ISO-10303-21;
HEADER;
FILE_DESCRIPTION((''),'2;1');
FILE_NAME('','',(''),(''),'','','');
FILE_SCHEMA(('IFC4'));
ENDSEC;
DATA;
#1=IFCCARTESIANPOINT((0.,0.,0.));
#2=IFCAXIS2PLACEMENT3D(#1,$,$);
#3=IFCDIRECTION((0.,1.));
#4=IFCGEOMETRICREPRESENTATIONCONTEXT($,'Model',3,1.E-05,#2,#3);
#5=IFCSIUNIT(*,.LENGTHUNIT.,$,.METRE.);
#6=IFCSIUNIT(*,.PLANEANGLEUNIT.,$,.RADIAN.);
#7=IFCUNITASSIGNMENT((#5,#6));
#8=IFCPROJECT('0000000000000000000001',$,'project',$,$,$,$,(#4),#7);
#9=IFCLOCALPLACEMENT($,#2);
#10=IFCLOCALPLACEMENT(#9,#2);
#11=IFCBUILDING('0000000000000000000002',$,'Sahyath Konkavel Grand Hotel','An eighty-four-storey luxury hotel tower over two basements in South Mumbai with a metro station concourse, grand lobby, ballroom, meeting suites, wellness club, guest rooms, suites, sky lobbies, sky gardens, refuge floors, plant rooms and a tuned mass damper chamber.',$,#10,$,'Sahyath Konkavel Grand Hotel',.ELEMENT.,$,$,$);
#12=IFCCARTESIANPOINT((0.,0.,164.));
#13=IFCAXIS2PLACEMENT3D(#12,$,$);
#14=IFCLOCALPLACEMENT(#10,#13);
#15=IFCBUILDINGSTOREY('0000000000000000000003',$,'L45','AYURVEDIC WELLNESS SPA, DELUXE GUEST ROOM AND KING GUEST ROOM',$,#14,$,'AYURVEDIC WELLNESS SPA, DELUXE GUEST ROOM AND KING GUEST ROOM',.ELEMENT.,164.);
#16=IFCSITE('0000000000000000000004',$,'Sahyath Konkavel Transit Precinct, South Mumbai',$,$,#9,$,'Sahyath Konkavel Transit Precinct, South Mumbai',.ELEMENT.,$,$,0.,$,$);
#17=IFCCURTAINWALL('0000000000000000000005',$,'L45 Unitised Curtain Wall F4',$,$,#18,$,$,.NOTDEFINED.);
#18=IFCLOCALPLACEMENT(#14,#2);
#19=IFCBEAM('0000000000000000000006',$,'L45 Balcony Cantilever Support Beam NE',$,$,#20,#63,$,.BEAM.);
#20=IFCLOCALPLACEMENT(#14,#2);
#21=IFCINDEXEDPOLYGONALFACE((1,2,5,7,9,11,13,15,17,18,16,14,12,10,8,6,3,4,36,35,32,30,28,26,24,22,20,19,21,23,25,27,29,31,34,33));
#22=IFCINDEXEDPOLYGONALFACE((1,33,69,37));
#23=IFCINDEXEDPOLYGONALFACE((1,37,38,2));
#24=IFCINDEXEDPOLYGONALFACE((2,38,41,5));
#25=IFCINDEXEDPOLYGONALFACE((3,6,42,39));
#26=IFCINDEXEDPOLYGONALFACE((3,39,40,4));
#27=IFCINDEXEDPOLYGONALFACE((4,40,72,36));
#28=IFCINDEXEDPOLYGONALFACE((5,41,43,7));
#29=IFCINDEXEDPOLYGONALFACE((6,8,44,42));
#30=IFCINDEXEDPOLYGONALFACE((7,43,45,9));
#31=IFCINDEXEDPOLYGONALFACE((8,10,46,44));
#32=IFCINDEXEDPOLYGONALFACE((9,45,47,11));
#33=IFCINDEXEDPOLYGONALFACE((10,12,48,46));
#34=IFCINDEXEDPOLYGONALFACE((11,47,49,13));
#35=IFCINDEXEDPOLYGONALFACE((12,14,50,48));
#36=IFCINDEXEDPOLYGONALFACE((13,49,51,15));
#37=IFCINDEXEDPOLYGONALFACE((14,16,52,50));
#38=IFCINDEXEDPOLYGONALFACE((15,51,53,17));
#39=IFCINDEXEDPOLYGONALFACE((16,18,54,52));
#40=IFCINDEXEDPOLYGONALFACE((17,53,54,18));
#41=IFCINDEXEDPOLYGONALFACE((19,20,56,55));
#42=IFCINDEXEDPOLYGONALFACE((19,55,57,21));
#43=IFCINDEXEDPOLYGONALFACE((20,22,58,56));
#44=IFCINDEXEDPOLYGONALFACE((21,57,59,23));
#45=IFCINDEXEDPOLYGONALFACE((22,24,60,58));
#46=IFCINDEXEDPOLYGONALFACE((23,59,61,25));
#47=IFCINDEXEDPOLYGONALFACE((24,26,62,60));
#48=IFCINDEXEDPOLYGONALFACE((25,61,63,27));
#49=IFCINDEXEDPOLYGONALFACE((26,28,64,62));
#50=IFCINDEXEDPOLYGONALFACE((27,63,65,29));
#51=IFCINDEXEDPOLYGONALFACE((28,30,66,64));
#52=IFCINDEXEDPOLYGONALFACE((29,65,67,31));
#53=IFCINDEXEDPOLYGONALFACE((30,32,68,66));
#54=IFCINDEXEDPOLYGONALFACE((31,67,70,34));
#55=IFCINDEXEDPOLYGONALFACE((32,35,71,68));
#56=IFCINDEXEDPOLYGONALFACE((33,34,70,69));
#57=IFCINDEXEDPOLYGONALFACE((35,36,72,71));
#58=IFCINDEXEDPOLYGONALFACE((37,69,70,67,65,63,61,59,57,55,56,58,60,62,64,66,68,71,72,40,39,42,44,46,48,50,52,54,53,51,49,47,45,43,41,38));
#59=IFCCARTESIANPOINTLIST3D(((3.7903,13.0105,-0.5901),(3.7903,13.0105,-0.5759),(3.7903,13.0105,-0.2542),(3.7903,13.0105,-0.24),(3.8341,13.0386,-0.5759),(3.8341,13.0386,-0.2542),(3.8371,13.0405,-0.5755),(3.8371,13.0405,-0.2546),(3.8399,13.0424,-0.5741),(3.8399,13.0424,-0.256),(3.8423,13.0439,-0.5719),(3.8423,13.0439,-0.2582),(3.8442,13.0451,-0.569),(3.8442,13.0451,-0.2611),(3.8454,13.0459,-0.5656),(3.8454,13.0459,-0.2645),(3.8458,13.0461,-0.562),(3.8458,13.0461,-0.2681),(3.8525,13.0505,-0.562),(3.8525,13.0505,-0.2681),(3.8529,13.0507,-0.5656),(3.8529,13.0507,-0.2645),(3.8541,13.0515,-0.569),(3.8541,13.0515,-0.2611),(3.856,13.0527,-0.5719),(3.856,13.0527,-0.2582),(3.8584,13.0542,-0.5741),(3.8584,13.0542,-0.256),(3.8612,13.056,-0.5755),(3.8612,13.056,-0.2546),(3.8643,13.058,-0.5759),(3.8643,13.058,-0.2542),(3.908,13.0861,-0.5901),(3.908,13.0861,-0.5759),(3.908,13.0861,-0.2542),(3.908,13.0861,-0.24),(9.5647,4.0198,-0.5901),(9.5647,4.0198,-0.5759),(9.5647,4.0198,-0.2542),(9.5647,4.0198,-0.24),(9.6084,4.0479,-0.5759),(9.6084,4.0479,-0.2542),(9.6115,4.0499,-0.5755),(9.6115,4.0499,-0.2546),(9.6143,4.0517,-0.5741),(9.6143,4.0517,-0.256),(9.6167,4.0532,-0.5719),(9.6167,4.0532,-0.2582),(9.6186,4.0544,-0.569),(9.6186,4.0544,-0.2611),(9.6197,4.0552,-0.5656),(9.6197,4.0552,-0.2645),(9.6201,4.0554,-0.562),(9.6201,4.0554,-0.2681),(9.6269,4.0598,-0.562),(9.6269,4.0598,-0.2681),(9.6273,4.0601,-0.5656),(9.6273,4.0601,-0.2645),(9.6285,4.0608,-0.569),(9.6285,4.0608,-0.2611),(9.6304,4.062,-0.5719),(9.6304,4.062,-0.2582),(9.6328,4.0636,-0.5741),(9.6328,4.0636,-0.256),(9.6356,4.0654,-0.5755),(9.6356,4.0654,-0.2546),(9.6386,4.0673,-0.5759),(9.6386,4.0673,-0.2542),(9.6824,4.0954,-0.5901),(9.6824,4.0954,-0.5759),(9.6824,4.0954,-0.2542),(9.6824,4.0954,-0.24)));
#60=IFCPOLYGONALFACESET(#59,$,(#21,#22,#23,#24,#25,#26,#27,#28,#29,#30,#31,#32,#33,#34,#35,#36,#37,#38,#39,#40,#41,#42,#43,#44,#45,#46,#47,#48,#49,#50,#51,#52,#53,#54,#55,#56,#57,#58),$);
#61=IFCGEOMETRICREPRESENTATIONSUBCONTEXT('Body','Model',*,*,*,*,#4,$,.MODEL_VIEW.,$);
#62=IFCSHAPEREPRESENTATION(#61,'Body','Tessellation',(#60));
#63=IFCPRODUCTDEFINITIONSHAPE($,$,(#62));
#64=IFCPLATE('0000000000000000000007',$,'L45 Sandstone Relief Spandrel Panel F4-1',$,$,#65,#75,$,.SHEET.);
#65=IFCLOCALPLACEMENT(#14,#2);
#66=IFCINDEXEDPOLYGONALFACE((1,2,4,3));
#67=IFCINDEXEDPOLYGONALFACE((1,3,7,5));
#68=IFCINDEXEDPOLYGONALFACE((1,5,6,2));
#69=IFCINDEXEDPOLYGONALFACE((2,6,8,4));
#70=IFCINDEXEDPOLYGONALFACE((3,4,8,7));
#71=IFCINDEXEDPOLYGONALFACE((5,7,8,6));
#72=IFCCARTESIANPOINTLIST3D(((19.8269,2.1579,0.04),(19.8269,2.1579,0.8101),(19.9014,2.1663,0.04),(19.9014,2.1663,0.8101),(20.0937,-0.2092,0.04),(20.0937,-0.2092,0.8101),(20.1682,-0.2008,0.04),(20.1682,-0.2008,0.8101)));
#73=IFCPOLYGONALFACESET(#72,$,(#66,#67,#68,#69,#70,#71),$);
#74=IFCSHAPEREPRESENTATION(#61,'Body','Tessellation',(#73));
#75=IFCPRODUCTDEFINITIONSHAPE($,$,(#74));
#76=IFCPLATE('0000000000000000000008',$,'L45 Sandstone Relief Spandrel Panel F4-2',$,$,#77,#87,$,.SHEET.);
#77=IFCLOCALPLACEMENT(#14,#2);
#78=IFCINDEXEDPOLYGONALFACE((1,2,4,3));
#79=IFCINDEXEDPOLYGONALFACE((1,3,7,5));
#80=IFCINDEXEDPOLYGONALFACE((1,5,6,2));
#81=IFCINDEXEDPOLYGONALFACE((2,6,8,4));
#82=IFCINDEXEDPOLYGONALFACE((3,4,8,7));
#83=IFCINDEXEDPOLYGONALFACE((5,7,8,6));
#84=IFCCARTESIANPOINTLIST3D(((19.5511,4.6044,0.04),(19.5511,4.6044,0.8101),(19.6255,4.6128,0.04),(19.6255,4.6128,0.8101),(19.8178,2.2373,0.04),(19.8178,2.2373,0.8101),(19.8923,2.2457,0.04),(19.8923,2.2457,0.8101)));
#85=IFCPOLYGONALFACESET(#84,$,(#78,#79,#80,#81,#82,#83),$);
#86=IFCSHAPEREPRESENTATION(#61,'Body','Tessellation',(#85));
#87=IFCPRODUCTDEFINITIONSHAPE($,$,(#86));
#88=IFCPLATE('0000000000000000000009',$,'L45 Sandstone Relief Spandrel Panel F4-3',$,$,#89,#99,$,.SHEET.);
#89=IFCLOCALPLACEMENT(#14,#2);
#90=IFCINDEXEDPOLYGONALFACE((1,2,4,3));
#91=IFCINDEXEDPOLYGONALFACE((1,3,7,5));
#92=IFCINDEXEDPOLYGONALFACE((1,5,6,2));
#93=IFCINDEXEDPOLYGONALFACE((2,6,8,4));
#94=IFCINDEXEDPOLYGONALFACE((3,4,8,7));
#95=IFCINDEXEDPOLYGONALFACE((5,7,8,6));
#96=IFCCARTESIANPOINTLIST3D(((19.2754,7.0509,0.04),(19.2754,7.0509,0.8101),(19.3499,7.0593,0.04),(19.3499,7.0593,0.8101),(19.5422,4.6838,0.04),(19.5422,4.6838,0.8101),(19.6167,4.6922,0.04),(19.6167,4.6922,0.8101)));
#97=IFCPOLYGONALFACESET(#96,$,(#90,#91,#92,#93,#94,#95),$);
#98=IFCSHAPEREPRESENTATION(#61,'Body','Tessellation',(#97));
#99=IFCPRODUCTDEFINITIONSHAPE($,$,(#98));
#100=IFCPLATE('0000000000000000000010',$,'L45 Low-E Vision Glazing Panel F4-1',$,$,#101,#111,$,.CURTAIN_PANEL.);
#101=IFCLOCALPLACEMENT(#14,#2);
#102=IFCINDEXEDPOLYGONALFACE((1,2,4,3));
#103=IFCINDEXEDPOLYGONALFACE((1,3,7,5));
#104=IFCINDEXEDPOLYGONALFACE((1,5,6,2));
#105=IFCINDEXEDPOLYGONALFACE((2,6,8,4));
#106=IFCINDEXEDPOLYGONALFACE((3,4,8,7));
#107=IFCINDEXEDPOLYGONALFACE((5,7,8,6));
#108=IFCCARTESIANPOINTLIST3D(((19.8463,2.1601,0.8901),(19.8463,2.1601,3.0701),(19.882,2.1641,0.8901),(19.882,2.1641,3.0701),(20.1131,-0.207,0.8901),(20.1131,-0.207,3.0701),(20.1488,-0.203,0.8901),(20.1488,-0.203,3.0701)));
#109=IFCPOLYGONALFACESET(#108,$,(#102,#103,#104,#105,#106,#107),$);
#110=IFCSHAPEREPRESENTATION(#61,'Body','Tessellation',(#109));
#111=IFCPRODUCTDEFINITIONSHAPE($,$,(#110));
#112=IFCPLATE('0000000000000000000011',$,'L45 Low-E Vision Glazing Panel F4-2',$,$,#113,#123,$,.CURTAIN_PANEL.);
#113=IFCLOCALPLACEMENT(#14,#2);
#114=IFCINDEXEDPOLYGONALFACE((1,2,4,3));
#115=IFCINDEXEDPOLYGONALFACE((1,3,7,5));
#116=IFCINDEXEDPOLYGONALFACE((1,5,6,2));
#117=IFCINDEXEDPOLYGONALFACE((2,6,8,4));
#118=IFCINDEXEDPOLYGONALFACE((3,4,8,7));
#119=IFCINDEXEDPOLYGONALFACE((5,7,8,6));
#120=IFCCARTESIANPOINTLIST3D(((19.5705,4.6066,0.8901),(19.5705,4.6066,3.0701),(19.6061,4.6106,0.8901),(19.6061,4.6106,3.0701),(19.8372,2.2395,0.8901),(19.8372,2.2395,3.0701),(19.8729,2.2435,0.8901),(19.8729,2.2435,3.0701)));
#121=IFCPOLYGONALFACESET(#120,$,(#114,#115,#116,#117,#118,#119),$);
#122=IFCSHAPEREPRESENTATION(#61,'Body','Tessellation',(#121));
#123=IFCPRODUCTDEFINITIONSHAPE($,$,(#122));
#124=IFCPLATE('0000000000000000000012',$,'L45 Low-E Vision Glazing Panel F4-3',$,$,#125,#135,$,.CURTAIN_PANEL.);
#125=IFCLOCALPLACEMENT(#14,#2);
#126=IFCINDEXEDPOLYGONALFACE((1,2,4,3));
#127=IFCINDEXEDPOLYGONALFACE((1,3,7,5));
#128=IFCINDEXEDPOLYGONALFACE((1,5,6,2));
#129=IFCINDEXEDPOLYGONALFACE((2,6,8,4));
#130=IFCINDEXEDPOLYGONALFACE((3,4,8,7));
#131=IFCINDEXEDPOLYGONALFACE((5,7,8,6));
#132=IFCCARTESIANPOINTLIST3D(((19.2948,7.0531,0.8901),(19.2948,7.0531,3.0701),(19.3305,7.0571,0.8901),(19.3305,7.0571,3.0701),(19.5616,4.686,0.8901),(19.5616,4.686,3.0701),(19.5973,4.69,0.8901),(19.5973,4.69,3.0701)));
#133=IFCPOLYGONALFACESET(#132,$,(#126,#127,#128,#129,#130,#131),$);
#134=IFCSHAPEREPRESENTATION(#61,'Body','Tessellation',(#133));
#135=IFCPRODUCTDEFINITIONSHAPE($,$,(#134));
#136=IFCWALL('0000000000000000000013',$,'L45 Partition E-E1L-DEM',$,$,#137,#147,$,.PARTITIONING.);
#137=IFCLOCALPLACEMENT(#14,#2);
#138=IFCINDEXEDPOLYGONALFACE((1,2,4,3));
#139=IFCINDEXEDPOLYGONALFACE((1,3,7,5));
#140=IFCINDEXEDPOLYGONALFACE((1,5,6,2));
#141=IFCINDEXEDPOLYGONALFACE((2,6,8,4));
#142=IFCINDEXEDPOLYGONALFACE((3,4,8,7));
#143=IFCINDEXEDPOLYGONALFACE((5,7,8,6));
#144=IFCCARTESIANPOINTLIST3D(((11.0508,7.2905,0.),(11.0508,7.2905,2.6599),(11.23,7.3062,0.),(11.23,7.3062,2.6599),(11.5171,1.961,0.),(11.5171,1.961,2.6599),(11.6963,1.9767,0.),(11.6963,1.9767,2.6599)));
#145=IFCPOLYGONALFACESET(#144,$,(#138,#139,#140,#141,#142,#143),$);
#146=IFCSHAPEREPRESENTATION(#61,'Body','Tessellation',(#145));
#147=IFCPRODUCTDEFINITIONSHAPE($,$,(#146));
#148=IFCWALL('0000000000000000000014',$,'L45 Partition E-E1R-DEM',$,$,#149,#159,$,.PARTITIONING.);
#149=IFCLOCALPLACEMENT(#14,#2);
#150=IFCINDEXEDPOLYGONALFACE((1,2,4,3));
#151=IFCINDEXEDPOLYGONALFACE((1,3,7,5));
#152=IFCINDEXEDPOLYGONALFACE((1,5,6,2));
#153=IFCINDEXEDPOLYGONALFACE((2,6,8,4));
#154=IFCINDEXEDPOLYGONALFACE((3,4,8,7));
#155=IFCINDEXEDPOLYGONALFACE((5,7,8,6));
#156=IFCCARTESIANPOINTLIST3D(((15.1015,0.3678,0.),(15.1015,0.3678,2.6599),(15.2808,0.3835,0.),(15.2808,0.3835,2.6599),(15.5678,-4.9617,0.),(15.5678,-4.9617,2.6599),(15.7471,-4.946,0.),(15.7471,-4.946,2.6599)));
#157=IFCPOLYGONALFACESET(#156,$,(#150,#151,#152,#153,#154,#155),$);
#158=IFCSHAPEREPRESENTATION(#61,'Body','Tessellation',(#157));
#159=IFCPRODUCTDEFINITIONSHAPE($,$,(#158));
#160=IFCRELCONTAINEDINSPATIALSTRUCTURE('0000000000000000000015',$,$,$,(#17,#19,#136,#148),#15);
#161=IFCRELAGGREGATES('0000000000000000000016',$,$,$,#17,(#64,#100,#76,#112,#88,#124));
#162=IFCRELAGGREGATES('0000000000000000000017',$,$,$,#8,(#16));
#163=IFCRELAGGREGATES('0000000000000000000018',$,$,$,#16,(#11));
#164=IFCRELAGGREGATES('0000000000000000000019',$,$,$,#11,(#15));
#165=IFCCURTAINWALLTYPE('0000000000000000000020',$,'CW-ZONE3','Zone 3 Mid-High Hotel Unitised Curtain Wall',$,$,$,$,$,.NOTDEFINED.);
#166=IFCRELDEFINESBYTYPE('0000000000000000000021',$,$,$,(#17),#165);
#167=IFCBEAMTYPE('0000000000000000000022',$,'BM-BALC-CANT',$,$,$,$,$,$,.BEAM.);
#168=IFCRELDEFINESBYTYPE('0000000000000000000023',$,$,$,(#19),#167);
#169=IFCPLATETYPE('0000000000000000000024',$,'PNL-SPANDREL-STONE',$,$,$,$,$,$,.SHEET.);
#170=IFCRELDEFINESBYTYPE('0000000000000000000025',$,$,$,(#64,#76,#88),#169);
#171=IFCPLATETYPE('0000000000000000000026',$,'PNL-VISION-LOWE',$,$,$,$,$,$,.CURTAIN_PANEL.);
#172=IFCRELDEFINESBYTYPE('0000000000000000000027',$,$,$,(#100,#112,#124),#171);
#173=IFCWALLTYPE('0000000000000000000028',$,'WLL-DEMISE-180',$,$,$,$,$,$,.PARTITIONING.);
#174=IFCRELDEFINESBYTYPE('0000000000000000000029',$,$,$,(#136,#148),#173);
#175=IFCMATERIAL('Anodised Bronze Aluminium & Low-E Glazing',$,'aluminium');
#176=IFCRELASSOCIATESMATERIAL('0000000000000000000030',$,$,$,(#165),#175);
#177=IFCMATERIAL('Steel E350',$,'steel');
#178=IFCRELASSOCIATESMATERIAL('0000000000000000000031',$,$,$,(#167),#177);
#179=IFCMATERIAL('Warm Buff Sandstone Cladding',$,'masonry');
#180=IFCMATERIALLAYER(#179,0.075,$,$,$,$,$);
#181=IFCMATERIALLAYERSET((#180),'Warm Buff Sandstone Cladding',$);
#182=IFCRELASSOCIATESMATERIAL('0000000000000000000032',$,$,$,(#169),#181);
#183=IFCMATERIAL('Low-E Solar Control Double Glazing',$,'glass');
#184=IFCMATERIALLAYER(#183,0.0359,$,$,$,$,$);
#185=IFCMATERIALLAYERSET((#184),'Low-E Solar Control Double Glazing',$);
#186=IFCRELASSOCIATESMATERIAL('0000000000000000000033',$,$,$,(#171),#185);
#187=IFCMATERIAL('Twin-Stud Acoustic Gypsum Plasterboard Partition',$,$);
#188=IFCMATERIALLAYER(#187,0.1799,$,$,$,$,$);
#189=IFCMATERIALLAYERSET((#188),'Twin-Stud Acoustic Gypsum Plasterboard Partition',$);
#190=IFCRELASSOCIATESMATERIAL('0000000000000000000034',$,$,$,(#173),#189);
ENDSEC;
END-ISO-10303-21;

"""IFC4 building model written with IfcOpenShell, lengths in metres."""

from ifc_helpers import new_model, si_unit, direction, frame, frame_2d, origin, origin_2d, place, context, subcontext, project, spatial, rectangle, i_section, extrude, source, transform, mapped, material, layer, layer_set, material_profile, profile_set, type_object, element, aggregate, save


model = new_model("IFC4")

# Units and contexts
model_context = context("Model", 3, precision=1e-05, world=origin(), true_north=direction((0.0, 1.0)))
body_context = subcontext(model_context, "Body", "Model", "MODEL_VIEW")
ifc_project = project(units=[si_unit("LENGTHUNIT", "METRE"), si_unit("PLANEANGLEUNIT", "RADIAN")], contexts=[model_context])

# Site, building, storey
site_placement = place(None, origin())
site = spatial("IfcSite", under=ifc_project, at=site_placement, Name="Sahyath Konkavel Transit Precinct, South Mumbai", LongName="Sahyath Konkavel Transit Precinct, South Mumbai", CompositionType="ELEMENT", RefElevation=0.0)
building_placement = place(site_placement, origin())
building = spatial("IfcBuilding", under=site, at=building_placement, Name="Sahyath Konkavel Grand Hotel", Description="An eighty-four-storey luxury hotel tower over two basements in South Mumbai with a metro station concourse, grand lobby, ballroom, meeting suites, wellness club, guest rooms, suites, sky lobbies, sky gardens, refuge floors, plant rooms and a tuned mass damper chamber.", LongName="Sahyath Konkavel Grand Hotel", CompositionType="ELEMENT")
storey_placement = place(building_placement, frame((0.0, 0.0, 164.0)))
storey = spatial("IfcBuildingStorey", under=building, at=storey_placement, Name="L45", Description="AYURVEDIC WELLNESS SPA, DELUXE GUEST ROOM AND KING GUEST ROOM", LongName="AYURVEDIC WELLNESS SPA, DELUXE GUEST ROOM AND KING GUEST ROOM", CompositionType="ELEMENT", Elevation=164.0)

# Shared definitions
ifc_material_1 = material(Name="Steel E350", Category="steel")

# Curtain wall
ifc_material_2 = material(Name="Anodised Bronze Aluminium & Low-E Glazing", Category="aluminium")
curtain_wall_type = type_object("IfcCurtainWallType", Name="CW-ZONE3", Description="Zone 3 Mid-High Hotel Unitised Curtain Wall", PredefinedType="NOTDEFINED", material=ifc_material_2)
curtain_wall_placement = place(storey_placement, origin())
curtain_wall = element("IfcCurtainWall", 1, at=curtain_wall_placement, inside=storey, type_object=curtain_wall_type, Name="L45 Unitised Curtain Wall F4", PredefinedType="NOTDEFINED")

# Beam
ifc_material_profile_1 = material_profile(ifc_material_1, i_section(OverallWidth=0.1399, OverallDepth=0.3501, WebThickness=0.0081, FlangeThickness=0.0142, FilletRadius=0.0139, at=origin_2d()), Name="ISMB 350")
ifc_profile_set_1 = profile_set([ifc_material_profile_1], Name="Steel E350")
beam_type_1 = type_object("IfcBeamType", Name="BM-BALC-CANT", PredefinedType="BEAM", material=ifc_profile_set_1)
shared_shape_1 = source(origin(), body_context, "Body", "SweptSolid", [
    extrude(i_section(OverallWidth=0.1399, OverallDepth=0.3501, WebThickness=0.0081, FlangeThickness=0.0142, FilletRadius=0.0139, at=origin_2d()), origin(), (0.0, 0.0, 1.0), 10.6853),
])
beam_1_placement = place(storey_placement, frame((9.6235, 4.0576, -0.415), z_axis=(-0.540404, 0.841406, 0.0), x_axis=(-0.841406, -0.540404, 0.0)))
element("IfcBeam", 2, at=beam_1_placement, inside=storey, type_object=beam_type_1, Name="L45 Balcony Cantilever Support Beam NE", PredefinedType="BEAM", context=body_context, shape_type="MappedRepresentation", body=[
    mapped(shared_shape_1, transform((0.0, 0.0, 0.0), scale=1.0)),
])

# Plates
ifc_material_3 = material(Name="Warm Buff Sandstone Cladding", Category="masonry")
ifc_layer_1 = layer(ifc_material_3, 0.075)
ifc_layer_set_1 = layer_set([ifc_layer_1], Name="Warm Buff Sandstone Cladding")
plate_type_1 = type_object("IfcPlateType", Name="PNL-SPANDREL-STONE", PredefinedType="SHEET", material=ifc_layer_set_1)
shared_shape_2 = source(origin(), body_context, "Body", "SweptSolid", [
    extrude(rectangle(XDim=2.3821, YDim=0.075, at=origin_2d()), origin(), (0.0, 0.0, 1.0), 0.77),
])
plate_1_placement = place(storey_placement, frame((19.9976, 0.9785, 0.04), z_axis=(0.0, 0.0, 1.0), x_axis=(-0.111989, 0.993709, 0.0)))
plate_1 = element("IfcPlate", 3, at=plate_1_placement, type_object=plate_type_1, Name="L45 Sandstone Relief Spandrel Panel F4-1", PredefinedType="SHEET", context=body_context, shape_type="MappedRepresentation", body=[
    mapped(shared_shape_2, transform((0.0, 0.0, 0.0), scale=1.0)),
])
plate_2_placement = place(storey_placement, frame((19.7217, 3.425, 0.04), z_axis=(0.0, 0.0, 1.0), x_axis=(-0.111989, 0.993709, 0.0)))
plate_2 = element("IfcPlate", 4, at=plate_2_placement, type_object=plate_type_1, Name="L45 Sandstone Relief Spandrel Panel F4-2", PredefinedType="SHEET", context=body_context, shape_type="MappedRepresentation", body=[
    mapped(shared_shape_2, transform((0.0, 0.0, 0.0), scale=1.0)),
])
plate_3_placement = place(storey_placement, frame((19.446, 5.8716, 0.04), z_axis=(0.0, 0.0, 1.0), x_axis=(-0.111989, 0.993709, 0.0)))
plate_3 = element("IfcPlate", 5, at=plate_3_placement, type_object=plate_type_1, Name="L45 Sandstone Relief Spandrel Panel F4-3", PredefinedType="SHEET", context=body_context, shape_type="MappedRepresentation", body=[
    mapped(shared_shape_2, transform((0.0, 0.0, 0.0), scale=1.0)),
])
ifc_material_4 = material(Name="Low-E Solar Control Double Glazing", Category="glass")
ifc_layer_2 = layer(ifc_material_4, 0.0359)
ifc_layer_set_2 = layer_set([ifc_layer_2], Name="Low-E Solar Control Double Glazing")
plate_type_2 = type_object("IfcPlateType", Name="PNL-VISION-LOWE", PredefinedType="CURTAIN_PANEL", material=ifc_layer_set_2)
shared_shape_3 = source(origin(), body_context, "Body", "SweptSolid", [
    extrude(rectangle(XDim=2.3821, YDim=0.0359, at=origin_2d()), origin(), (0.0, 0.0, 1.0), 2.1799),
])
plate_4_placement = place(storey_placement, frame((19.9976, 0.9785, 0.8901), z_axis=(0.0, 0.0, 1.0), x_axis=(-0.111989, 0.993709, 0.0)))
plate_4 = element("IfcPlate", 6, at=plate_4_placement, type_object=plate_type_2, Name="L45 Low-E Vision Glazing Panel F4-1", PredefinedType="CURTAIN_PANEL", context=body_context, shape_type="MappedRepresentation", body=[
    mapped(shared_shape_3, transform((0.0, 0.0, 0.0), scale=1.0)),
])
plate_5_placement = place(storey_placement, frame((19.7217, 3.425, 0.8901), z_axis=(0.0, 0.0, 1.0), x_axis=(-0.111989, 0.993709, 0.0)))
plate_5 = element("IfcPlate", 7, at=plate_5_placement, type_object=plate_type_2, Name="L45 Low-E Vision Glazing Panel F4-2", PredefinedType="CURTAIN_PANEL", context=body_context, shape_type="MappedRepresentation", body=[
    mapped(shared_shape_3, transform((0.0, 0.0, 0.0), scale=1.0)),
])
plate_6_placement = place(storey_placement, frame((19.446, 5.8716, 0.8901), z_axis=(0.0, 0.0, 1.0), x_axis=(-0.111989, 0.993709, 0.0)))
plate_6 = element("IfcPlate", 8, at=plate_6_placement, type_object=plate_type_2, Name="L45 Low-E Vision Glazing Panel F4-3", PredefinedType="CURTAIN_PANEL", context=body_context, shape_type="MappedRepresentation", body=[
    mapped(shared_shape_3, transform((0.0, 0.0, 0.0), scale=1.0)),
])
aggregate(curtain_wall, [plate_1, plate_4, plate_2, plate_5, plate_3, plate_6])

# Walls
ifc_material_5 = material(Name="Twin-Stud Acoustic Gypsum Plasterboard Partition")
ifc_layer_3 = layer(ifc_material_5, 0.1799)
ifc_layer_set_3 = layer_set([ifc_layer_3], Name="Twin-Stud Acoustic Gypsum Plasterboard Partition")
wall_type_1 = type_object("IfcWallType", Name="WLL-DEMISE-180", PredefinedType="PARTITIONING", material=ifc_layer_set_3)
for number, where, z_axis, x_axis, name in (
    (9, (11.6067, 1.969, 0.0), (0.0, 0.0, 1.0), (-0.087161, 0.996194, 0.0), "L45 Partition E-E1L-DEM"),
    (10, (15.1912, 0.3755, 0.0), (0.0, 0.0, 1.0), (0.087161, -0.996194, 0.0), "L45 Partition E-E1R-DEM"),
):
    element("IfcWall", number, at=place(storey_placement, frame(where, z_axis=z_axis, x_axis=x_axis)), inside=storey, type_object=wall_type_1, Name=name, PredefinedType="PARTITIONING", context=body_context, shape_type="SweptSolid", body=[
        extrude(rectangle(XDim=5.3499, YDim=0.1799, at=frame_2d((2.6748, 0.0))), origin(), (0.0, 0.0, 1.0), 2.6599),
    ])

save(model, "model.ifc")
